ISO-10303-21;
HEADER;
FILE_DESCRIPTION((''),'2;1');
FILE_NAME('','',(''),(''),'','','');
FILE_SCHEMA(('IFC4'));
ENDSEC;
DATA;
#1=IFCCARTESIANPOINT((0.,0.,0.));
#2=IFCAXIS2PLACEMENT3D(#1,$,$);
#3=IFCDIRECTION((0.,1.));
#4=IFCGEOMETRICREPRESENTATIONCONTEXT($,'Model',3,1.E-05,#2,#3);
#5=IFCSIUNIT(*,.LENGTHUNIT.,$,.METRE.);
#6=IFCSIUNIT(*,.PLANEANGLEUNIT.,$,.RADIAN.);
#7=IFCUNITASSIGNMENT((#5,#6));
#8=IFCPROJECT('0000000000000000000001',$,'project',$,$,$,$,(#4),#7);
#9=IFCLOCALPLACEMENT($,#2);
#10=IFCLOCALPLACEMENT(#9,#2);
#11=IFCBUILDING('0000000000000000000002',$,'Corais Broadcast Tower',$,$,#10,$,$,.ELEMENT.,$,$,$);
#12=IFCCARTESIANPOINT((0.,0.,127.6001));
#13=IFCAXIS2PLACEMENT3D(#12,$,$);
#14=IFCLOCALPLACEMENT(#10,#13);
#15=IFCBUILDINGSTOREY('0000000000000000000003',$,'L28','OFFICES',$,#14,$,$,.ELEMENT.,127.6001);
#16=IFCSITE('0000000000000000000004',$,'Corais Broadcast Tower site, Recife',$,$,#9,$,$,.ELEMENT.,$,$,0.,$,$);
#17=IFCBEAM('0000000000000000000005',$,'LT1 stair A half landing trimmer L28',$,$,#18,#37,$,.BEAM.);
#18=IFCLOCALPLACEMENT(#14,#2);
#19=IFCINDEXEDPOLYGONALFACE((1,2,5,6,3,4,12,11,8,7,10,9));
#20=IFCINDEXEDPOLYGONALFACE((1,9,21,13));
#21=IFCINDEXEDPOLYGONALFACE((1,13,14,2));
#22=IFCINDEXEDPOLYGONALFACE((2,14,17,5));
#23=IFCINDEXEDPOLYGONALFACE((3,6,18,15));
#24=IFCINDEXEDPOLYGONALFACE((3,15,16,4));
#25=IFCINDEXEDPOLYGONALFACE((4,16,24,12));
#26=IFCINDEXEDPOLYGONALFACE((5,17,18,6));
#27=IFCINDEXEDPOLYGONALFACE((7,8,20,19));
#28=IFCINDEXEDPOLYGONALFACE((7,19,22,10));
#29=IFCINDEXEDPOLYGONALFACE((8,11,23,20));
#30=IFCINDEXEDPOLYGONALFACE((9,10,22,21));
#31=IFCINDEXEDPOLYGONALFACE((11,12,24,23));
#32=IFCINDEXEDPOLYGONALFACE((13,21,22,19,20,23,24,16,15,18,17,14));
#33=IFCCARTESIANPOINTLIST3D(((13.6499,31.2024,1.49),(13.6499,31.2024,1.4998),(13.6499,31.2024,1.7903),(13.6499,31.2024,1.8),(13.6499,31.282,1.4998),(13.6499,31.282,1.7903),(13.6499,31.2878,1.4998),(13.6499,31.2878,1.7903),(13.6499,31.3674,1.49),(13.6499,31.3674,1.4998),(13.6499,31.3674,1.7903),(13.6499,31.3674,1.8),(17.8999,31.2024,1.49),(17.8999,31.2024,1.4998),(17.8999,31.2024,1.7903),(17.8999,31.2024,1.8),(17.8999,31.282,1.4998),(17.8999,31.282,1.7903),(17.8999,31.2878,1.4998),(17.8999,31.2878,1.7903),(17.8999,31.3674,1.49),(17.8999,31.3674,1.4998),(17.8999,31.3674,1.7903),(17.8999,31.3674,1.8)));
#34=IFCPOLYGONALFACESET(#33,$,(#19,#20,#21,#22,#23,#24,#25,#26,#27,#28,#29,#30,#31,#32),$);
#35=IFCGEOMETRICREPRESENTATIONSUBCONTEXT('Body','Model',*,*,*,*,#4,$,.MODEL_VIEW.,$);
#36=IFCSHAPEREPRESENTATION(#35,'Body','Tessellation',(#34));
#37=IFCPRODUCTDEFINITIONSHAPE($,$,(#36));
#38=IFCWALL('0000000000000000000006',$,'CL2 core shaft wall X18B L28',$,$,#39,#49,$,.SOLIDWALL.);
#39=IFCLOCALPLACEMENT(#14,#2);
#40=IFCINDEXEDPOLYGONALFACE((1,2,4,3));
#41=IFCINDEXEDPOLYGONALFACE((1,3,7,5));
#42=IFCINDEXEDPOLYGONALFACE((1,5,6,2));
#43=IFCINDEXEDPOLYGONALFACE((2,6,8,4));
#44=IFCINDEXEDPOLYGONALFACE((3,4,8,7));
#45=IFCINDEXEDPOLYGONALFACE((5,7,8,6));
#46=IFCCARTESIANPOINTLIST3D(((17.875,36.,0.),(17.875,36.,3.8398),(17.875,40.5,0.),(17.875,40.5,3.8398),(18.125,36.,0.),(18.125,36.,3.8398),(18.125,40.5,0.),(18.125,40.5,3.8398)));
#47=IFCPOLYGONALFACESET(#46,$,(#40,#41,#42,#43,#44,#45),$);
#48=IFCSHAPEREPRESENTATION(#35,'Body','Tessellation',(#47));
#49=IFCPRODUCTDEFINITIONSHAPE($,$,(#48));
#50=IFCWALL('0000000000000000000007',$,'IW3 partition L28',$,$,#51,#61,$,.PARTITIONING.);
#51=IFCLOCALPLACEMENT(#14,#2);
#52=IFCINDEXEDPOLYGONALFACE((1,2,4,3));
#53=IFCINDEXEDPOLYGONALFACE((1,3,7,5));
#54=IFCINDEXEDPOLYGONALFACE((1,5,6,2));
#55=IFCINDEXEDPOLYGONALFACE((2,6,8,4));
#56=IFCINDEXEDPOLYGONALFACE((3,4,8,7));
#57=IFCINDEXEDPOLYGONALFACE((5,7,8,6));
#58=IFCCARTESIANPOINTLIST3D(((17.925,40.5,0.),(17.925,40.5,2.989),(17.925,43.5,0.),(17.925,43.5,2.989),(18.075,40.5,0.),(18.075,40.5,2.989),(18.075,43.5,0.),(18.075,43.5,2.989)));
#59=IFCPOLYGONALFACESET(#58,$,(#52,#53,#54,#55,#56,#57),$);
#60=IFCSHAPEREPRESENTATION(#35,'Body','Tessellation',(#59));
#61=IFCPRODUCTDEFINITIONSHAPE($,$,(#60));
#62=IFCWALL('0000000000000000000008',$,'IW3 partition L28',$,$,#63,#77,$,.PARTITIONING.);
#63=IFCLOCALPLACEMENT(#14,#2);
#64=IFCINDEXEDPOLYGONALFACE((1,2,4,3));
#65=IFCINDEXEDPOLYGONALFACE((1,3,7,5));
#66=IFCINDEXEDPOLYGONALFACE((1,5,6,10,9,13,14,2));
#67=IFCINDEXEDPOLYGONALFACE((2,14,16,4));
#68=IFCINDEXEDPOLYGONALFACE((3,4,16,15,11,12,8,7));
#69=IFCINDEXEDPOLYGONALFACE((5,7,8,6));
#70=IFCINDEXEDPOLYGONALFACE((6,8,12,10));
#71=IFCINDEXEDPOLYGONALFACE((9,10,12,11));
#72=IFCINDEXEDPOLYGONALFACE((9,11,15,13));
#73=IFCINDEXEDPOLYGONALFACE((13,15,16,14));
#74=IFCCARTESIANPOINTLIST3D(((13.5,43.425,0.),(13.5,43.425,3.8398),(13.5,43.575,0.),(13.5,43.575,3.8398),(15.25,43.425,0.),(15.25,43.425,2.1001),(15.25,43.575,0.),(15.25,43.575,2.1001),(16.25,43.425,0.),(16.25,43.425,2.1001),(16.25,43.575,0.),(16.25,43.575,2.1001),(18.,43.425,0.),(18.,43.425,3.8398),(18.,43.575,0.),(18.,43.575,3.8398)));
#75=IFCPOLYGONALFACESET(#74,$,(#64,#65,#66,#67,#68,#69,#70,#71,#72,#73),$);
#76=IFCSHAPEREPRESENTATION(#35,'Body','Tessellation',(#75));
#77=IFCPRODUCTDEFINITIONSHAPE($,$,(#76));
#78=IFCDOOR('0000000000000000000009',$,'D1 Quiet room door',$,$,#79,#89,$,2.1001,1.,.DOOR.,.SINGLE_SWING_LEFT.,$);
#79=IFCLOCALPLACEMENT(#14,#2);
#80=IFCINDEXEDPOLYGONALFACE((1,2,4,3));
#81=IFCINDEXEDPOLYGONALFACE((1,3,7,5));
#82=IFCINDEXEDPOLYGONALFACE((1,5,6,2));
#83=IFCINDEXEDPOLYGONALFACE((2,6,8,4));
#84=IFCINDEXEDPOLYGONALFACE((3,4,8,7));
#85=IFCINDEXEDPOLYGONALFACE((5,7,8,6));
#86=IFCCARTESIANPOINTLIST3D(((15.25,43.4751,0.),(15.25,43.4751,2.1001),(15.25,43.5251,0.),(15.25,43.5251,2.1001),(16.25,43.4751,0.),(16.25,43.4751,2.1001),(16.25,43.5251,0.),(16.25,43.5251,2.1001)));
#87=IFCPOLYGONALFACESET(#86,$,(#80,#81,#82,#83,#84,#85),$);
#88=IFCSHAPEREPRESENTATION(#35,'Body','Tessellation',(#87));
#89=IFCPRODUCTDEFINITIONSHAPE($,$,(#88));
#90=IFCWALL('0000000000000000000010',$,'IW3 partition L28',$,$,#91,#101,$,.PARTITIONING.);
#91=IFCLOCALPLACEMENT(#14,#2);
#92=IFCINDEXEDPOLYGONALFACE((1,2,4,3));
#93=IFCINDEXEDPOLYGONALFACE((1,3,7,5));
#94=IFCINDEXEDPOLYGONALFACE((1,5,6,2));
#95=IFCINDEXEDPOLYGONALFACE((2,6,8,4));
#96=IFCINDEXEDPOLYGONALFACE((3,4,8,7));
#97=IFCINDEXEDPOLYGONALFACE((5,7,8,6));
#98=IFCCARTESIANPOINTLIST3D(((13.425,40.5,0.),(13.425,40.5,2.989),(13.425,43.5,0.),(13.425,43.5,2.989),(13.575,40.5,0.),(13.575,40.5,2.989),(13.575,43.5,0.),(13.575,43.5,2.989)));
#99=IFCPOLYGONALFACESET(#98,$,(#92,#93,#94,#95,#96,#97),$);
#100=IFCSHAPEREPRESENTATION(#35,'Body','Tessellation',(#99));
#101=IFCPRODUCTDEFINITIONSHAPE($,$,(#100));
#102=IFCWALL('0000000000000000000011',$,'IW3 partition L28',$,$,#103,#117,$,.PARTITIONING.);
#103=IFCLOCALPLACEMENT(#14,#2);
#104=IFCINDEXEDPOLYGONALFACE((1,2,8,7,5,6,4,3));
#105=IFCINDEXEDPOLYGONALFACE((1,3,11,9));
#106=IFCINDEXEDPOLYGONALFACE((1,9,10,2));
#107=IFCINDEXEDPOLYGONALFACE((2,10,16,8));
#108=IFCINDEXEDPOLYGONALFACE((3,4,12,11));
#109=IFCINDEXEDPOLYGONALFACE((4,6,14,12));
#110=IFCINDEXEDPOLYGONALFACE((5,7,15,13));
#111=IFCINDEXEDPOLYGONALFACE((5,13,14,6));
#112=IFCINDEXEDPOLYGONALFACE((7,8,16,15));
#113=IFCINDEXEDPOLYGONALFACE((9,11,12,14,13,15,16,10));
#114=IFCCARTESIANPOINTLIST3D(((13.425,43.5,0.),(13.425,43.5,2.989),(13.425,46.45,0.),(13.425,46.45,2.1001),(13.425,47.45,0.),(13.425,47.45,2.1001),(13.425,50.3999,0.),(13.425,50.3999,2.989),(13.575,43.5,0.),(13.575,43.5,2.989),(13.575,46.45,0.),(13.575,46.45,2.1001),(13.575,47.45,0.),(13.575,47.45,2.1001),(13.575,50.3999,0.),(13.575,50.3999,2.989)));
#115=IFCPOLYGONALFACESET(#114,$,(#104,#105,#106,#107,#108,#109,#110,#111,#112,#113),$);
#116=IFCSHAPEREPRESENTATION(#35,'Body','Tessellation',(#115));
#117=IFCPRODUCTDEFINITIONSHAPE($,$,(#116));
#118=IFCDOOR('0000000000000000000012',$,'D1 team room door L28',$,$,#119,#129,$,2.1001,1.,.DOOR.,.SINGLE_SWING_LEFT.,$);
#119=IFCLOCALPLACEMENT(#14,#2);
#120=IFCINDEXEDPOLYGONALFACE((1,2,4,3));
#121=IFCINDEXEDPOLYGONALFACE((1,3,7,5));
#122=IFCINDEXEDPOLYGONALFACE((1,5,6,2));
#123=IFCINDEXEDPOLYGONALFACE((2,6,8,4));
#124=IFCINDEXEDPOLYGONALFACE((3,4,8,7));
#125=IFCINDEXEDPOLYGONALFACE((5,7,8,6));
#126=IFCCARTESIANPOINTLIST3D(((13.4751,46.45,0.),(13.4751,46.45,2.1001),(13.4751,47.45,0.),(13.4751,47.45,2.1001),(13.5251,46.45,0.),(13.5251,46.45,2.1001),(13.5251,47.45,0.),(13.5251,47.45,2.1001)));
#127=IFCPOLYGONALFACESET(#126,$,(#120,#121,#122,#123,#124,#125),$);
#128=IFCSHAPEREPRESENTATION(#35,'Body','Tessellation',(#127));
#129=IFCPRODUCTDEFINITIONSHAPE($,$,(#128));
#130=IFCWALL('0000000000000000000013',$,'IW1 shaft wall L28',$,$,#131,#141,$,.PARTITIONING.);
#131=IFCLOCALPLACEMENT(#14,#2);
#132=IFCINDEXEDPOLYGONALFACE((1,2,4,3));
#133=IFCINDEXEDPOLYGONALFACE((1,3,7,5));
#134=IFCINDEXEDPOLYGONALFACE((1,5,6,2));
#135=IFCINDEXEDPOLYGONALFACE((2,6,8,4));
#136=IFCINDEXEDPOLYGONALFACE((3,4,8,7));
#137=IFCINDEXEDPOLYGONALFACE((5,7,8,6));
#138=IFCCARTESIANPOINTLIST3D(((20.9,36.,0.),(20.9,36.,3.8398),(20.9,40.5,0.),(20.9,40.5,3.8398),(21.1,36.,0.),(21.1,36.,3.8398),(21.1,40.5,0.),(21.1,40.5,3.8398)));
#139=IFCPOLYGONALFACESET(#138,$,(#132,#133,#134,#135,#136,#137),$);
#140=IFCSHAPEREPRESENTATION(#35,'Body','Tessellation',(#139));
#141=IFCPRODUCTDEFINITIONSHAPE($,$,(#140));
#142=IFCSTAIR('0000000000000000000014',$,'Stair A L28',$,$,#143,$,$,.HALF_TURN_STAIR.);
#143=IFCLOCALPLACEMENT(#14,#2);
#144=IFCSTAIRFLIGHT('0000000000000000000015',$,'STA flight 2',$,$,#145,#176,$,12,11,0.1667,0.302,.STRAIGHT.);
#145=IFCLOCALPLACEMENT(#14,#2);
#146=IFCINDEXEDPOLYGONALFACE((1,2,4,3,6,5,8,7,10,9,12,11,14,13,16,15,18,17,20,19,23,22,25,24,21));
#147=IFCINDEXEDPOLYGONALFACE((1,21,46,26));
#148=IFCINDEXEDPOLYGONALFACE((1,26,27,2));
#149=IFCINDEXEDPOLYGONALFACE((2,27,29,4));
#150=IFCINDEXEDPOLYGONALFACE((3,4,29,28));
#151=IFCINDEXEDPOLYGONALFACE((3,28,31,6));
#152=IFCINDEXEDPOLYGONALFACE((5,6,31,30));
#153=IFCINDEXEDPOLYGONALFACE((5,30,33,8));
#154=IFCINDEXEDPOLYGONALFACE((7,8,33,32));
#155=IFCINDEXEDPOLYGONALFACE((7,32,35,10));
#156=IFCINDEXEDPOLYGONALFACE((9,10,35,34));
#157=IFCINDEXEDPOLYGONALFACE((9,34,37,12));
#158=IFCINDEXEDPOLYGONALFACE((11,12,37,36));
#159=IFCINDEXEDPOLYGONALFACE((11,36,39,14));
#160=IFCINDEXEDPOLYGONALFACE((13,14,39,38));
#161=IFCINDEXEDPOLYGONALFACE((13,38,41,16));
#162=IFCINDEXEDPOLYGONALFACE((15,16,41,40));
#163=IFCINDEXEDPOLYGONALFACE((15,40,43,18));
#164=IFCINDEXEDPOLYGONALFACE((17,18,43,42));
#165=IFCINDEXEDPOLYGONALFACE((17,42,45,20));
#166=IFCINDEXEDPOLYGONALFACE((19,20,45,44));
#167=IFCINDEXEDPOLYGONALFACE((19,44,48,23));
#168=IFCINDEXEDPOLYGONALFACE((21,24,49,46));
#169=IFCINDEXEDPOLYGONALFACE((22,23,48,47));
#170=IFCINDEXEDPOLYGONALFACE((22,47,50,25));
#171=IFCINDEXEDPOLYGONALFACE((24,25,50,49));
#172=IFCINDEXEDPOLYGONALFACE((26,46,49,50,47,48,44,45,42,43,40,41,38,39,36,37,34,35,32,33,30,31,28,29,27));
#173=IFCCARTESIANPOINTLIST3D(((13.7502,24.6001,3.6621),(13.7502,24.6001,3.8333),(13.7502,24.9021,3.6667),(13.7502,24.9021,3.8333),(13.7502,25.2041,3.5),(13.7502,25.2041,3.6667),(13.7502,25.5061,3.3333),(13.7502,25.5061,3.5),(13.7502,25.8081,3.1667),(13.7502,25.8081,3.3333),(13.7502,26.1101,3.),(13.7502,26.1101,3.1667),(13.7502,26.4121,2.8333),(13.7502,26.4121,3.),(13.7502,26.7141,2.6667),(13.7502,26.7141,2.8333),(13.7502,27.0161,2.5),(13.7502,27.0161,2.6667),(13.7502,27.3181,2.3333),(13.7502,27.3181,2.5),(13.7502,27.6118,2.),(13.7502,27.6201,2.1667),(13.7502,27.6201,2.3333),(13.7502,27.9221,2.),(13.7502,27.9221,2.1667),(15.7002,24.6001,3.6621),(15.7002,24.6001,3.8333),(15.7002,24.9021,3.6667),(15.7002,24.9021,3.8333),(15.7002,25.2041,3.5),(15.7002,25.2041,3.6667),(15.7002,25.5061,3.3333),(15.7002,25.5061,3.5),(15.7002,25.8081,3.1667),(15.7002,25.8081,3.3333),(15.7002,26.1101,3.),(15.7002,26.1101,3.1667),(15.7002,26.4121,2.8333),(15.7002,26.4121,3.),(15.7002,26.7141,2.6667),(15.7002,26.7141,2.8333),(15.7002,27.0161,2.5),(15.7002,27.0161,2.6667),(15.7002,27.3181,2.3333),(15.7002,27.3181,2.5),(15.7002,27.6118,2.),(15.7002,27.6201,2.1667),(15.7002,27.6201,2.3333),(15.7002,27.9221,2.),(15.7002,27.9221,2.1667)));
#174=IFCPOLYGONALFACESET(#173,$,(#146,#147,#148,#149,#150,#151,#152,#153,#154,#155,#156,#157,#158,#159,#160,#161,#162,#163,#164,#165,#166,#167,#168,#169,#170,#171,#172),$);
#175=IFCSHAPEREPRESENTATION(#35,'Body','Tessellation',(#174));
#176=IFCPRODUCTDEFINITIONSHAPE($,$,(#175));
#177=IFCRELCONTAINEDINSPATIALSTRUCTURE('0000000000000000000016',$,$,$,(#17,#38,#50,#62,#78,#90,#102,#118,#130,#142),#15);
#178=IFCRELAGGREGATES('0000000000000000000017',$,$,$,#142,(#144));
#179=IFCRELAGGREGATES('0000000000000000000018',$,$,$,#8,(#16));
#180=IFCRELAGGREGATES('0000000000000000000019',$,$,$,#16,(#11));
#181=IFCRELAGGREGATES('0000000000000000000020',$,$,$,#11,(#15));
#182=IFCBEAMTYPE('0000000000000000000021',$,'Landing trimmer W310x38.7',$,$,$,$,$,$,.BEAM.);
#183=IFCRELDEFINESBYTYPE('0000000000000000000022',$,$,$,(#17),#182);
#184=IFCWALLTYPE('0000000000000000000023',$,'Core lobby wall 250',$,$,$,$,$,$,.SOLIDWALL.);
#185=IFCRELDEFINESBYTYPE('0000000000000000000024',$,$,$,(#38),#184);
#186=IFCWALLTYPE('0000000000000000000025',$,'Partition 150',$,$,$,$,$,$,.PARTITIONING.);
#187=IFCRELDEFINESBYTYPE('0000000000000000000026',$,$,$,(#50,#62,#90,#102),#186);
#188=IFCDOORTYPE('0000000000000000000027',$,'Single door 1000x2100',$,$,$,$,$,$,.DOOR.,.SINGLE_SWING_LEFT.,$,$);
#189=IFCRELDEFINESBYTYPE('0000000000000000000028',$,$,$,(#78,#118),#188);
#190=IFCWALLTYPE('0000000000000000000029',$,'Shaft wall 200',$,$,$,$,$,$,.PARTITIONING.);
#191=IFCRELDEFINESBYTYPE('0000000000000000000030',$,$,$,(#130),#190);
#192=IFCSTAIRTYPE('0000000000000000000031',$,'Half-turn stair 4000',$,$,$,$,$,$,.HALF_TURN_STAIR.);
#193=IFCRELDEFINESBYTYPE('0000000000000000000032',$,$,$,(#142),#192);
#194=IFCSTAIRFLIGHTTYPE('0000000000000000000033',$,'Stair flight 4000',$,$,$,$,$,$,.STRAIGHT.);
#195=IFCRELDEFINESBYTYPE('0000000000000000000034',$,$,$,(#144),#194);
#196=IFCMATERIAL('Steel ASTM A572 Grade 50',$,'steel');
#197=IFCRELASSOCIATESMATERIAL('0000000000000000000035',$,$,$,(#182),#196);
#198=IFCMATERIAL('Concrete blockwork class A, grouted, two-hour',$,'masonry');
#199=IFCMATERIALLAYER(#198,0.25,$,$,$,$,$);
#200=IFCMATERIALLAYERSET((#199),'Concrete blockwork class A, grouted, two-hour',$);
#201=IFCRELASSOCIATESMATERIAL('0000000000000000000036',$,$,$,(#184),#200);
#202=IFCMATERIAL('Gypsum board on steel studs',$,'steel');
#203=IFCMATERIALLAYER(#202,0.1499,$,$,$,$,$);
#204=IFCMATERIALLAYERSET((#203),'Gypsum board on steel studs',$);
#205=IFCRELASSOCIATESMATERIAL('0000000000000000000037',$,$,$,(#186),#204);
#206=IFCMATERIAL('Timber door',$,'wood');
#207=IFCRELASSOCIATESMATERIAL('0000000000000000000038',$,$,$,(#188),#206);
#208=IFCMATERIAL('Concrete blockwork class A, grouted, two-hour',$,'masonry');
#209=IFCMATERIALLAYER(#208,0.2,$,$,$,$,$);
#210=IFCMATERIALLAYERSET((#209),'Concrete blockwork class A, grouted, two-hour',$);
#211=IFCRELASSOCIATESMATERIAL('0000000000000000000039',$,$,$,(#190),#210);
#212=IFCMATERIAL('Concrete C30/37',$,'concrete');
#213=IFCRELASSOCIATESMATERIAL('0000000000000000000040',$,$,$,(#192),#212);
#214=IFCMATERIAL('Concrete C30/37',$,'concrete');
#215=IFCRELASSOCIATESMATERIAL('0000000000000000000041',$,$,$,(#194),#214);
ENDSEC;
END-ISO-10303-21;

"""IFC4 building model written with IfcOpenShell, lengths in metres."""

from ifc_helpers import new_model, si_unit, direction, frame, frame_2d, origin, origin_2d, place, context, subcontext, project, spatial, polyline, rectangle, i_section, outline, extrude, material, layer, layer_set, material_profile, profile_set, type_object, element, fill, aggregate, save


model = new_model("IFC4")

# Units and contexts
model_context = context("Model", 3, precision=1e-05, world=origin(), true_north=direction((0.0, 1.0)))
body_context = subcontext(model_context, "Body", "Model", "MODEL_VIEW")
ifc_project = project(units=[si_unit("LENGTHUNIT", "METRE"), si_unit("PLANEANGLEUNIT", "RADIAN")], contexts=[model_context])

# Site, building, storey
site_placement = place(None, origin())
site = spatial("IfcSite", under=ifc_project, at=site_placement, Name="Corais Broadcast Tower site, Recife", CompositionType="ELEMENT", RefElevation=0.0)
building_placement = place(site_placement, origin())
building = spatial("IfcBuilding", under=site, at=building_placement, Name="Corais Broadcast Tower", CompositionType="ELEMENT")
storey_placement = place(building_placement, frame((0.0, 0.0, 127.6001)))
storey = spatial("IfcBuildingStorey", under=building, at=storey_placement, Name="L28", Description="OFFICES", CompositionType="ELEMENT", Elevation=127.6001)

# Beam
ifc_material_1 = material(Name="Steel ASTM A572 Grade 50", Category="steel")
ifc_material_profile = material_profile(ifc_material_1, i_section(OverallWidth=0.165, OverallDepth=0.3101, WebThickness=0.0059, FlangeThickness=0.0098, at=origin_2d()), Name="W310x38.7")
ifc_profile_set = profile_set([ifc_material_profile], Name="Steel ASTM A572 Grade 50")
beam_type = type_object("IfcBeamType", Name="Landing trimmer W310x38.7", PredefinedType="BEAM", material=ifc_profile_set)
beam_placement = place(storey_placement, frame((13.6499, 31.2849, 1.645), z_axis=(1.0, 0.0, 0.0), x_axis=(0.0, 1.0, 0.0)))
element("IfcBeam", 1, at=beam_placement, inside=storey, type_object=beam_type, Name="LT1 stair A half landing trimmer L28", PredefinedType="BEAM", context=body_context, shape_type="SweptSolid", body=[
    extrude(i_section(OverallWidth=0.165, OverallDepth=0.3101, WebThickness=0.0059, FlangeThickness=0.0098, at=origin_2d()), origin(), (0.0, 0.0, 1.0), 4.25),
])

# Walls
ifc_material_2 = material(Name="Concrete blockwork class A, grouted, two-hour", Category="masonry")
ifc_layer_1 = layer(ifc_material_2, 0.25)
ifc_layer_set_1 = layer_set([ifc_layer_1], Name="Concrete blockwork class A, grouted, two-hour")
wall_type_1 = type_object("IfcWallType", Name="Core lobby wall 250", PredefinedType="SOLIDWALL", material=ifc_layer_set_1)
wall_1_placement = place(storey_placement, frame((18.0, 36.0, 0.0), z_axis=(0.0, 0.0, 1.0), x_axis=(0.0, 1.0, 0.0)))
element("IfcWall", 2, at=wall_1_placement, inside=storey, type_object=wall_type_1, Name="CL2 core shaft wall X18B L28", PredefinedType="SOLIDWALL", context=body_context, shape_type="SweptSolid", body=[
    extrude(rectangle(XDim=4.5, YDim=0.25, at=frame_2d((2.25, 0.0))), origin(), (0.0, 0.0, 1.0), 3.8398),
])
ifc_material_3 = material(Name="Gypsum board on steel studs", Category="steel")
ifc_layer_2 = layer(ifc_material_3, 0.1499)
ifc_layer_set_2 = layer_set([ifc_layer_2], Name="Gypsum board on steel studs")
wall_type_2 = type_object("IfcWallType", Name="Partition 150", PredefinedType="PARTITIONING", material=ifc_layer_set_2)
wall_2_placement = place(storey_placement, frame((18.0, 40.5, 0.0), z_axis=(0.0, 0.0, 1.0), x_axis=(0.0, 1.0, 0.0)))
element("IfcWall", 3, at=wall_2_placement, inside=storey, type_object=wall_type_2, Name="IW3 partition L28", PredefinedType="PARTITIONING", context=body_context, shape_type="SweptSolid", body=[
    extrude(rectangle(XDim=3.0, YDim=0.1499, at=frame_2d((1.5, 0.0))), origin(), (0.0, 0.0, 1.0), 2.989),
])

# Wall, opening, door
wall_3_placement = place(storey_placement, frame((18.0, 43.5, 0.0), z_axis=(0.0, 0.0, 1.0), x_axis=(-1.0, 0.0, 0.0)))
wall_3 = element("IfcWall", 4, at=wall_3_placement, inside=storey, type_object=wall_type_2, Name="IW3 partition L28", PredefinedType="PARTITIONING", context=body_context, shape_type="SweptSolid", body=[
    extrude(rectangle(XDim=4.5, YDim=0.1499, at=frame_2d((2.25, 0.0))), origin(), (0.0, 0.0, 1.0), 3.8398),
])
opening_1_placement = place(wall_3_placement, frame((1.75, 0.0, 0.0)))
opening_1 = element("IfcOpeningElement", 5, at=opening_1_placement, cuts=wall_3, PredefinedType="OPENING", context=body_context, shape_type="SweptSolid", body=[
    extrude(rectangle(XDim=1.0, YDim=2.1001, at=frame_2d((0.5, 1.05))), frame((0.0, 0.085, 0.0), z_axis=(0.0, -1.0, 0.0), x_axis=(1.0, 0.0, 0.0)), (0.0, 0.0, 1.0), 0.1699),
])
ifc_material_4 = material(Name="Timber door", Category="wood")
door_type = type_object("IfcDoorType", Name="Single door 1000x2100", OperationType="SINGLE_SWING_LEFT", PredefinedType="DOOR", material=ifc_material_4)
door_1_placement = place(opening_1_placement, origin())
door_1 = element("IfcDoor", 6, at=door_1_placement, inside=storey, type_object=door_type, Name="D1 Quiet room door", OperationType="SINGLE_SWING_LEFT", OverallHeight=2.1001, OverallWidth=1.0, PredefinedType="DOOR", context=body_context, shape_type="SweptSolid", body=[
    extrude(rectangle(XDim=1.0, YDim=2.1001, at=frame_2d((0.5, 1.05))), frame((0.0, 0.0249, 0.0), z_axis=(0.0, -1.0, 0.0), x_axis=(1.0, 0.0, 0.0)), (0.0, 0.0, 1.0), 0.05),
])
fill(opening_1, door_1)

# Wall
wall_4_placement = place(storey_placement, frame((13.5, 43.5, 0.0), z_axis=(0.0, 0.0, 1.0), x_axis=(0.0, -1.0, 0.0)))
element("IfcWall", 7, at=wall_4_placement, inside=storey, type_object=wall_type_2, Name="IW3 partition L28", PredefinedType="PARTITIONING", context=body_context, shape_type="SweptSolid", body=[
    extrude(rectangle(XDim=3.0, YDim=0.1499, at=frame_2d((1.5, 0.0))), origin(), (0.0, 0.0, 1.0), 2.989),
])

# Wall, opening, door
wall_5_placement = place(storey_placement, frame((13.5, 43.5, 0.0), z_axis=(0.0, 0.0, 1.0), x_axis=(0.0, 1.0, 0.0)))
wall_5 = element("IfcWall", 8, at=wall_5_placement, inside=storey, type_object=wall_type_2, Name="IW3 partition L28", PredefinedType="PARTITIONING", context=body_context, shape_type="SweptSolid", body=[
    extrude(rectangle(XDim=6.8999, YDim=0.1499, at=frame_2d((3.45, 0.0))), origin(), (0.0, 0.0, 1.0), 2.989),
])
opening_2_placement = place(wall_5_placement, frame((2.95, 0.0, 0.0)))
opening_2 = element("IfcOpeningElement", 9, at=opening_2_placement, cuts=wall_5, PredefinedType="OPENING", context=body_context, shape_type="SweptSolid", body=[
    extrude(rectangle(XDim=1.0, YDim=2.1001, at=frame_2d((0.5, 1.05))), frame((0.0, 0.085, 0.0), z_axis=(0.0, -1.0, 0.0), x_axis=(1.0, 0.0, 0.0)), (0.0, 0.0, 1.0), 0.1699),
])
door_2_placement = place(opening_2_placement, origin())
door_2 = element("IfcDoor", 10, at=door_2_placement, inside=storey, type_object=door_type, Name="D1 team room door L28", OperationType="SINGLE_SWING_LEFT", OverallHeight=2.1001, OverallWidth=1.0, PredefinedType="DOOR", context=body_context, shape_type="SweptSolid", body=[
    extrude(rectangle(XDim=1.0, YDim=2.1001, at=frame_2d((0.5, 1.05))), frame((0.0, 0.0249, 0.0), z_axis=(0.0, -1.0, 0.0), x_axis=(1.0, 0.0, 0.0)), (0.0, 0.0, 1.0), 0.05),
])
fill(opening_2, door_2)

# Wall
ifc_material_5 = material(Name="Concrete blockwork class A, grouted, two-hour", Category="masonry")
ifc_layer_3 = layer(ifc_material_5, 0.2)
ifc_layer_set_3 = layer_set([ifc_layer_3], Name="Concrete blockwork class A, grouted, two-hour")
wall_type_3 = type_object("IfcWallType", Name="Shaft wall 200", PredefinedType="PARTITIONING", material=ifc_layer_set_3)
wall_6_placement = place(storey_placement, frame((21.0, 36.0, 0.0), z_axis=(0.0, 0.0, 1.0), x_axis=(0.0, 1.0, 0.0)))
element("IfcWall", 11, at=wall_6_placement, inside=storey, type_object=wall_type_3, Name="IW1 shaft wall L28", PredefinedType="PARTITIONING", context=body_context, shape_type="SweptSolid", body=[
    extrude(rectangle(XDim=4.5, YDim=0.2, at=frame_2d((2.25, 0.0))), origin(), (0.0, 0.0, 1.0), 3.8398),
])

# Stair, stair flight
ifc_material_6 = material(Name="Concrete C30/37", Category="concrete")
stair_type = type_object("IfcStairType", Name="Half-turn stair 4000", PredefinedType="HALF_TURN_STAIR", material=ifc_material_6)
stair_placement = place(storey_placement, origin())
stair = element("IfcStair", 12, at=stair_placement, inside=storey, type_object=stair_type, Name="Stair A L28", PredefinedType="HALF_TURN_STAIR")
ifc_material_7 = material(Name="Concrete C30/37", Category="concrete")
stair_flight_type = type_object("IfcStairFlightType", Name="Stair flight 4000", PredefinedType="STRAIGHT", material=ifc_material_7)
stair_flight_placement = place(storey_placement, frame((14.7251, 27.9221, 2.0), z_axis=(0.0, 0.0, 1.0), x_axis=(0.0, -1.0, 0.0)))
stair_flight = element("IfcStairFlight", 13, at=stair_flight_placement, type_object=stair_flight_type, Name="STA flight 2", NumberOfRisers=12, NumberOfTreads=11, PredefinedType="STRAIGHT", RiserHeight=0.1667, TreadLength=0.302, context=body_context, shape_type="SweptSolid", body=[
    extrude(outline(polyline([(0.0, 0.0), (0.0, 0.1667), (0.302, 0.1667), (0.302, 0.3333), (0.604, 0.3333), (0.604, 0.5), (0.906, 0.5), (0.906, 0.6667), (1.208, 0.6667), (1.208, 0.8333), (1.51, 0.8333), (1.51, 1.0), (1.812, 1.0), (1.812, 1.1667), (2.114, 1.1667), (2.114, 1.3333), (2.416, 1.3333), (2.416, 1.5), (2.718, 1.5), (2.718, 1.6667), (3.02, 1.6667), (3.02, 1.8333), (3.322, 1.8333), (3.322, 2.0), (3.322, 1.6621), (0.3103, 0.0), (0.0, 0.0)])), frame((0.0, 0.9751, 0.0), z_axis=(0.0, -1.0, 0.0), x_axis=(1.0, 0.0, 0.0)), (0.0, 0.0, 1.0), 1.95),
])
aggregate(stair, [stair_flight])

save(model, "model.ifc")
